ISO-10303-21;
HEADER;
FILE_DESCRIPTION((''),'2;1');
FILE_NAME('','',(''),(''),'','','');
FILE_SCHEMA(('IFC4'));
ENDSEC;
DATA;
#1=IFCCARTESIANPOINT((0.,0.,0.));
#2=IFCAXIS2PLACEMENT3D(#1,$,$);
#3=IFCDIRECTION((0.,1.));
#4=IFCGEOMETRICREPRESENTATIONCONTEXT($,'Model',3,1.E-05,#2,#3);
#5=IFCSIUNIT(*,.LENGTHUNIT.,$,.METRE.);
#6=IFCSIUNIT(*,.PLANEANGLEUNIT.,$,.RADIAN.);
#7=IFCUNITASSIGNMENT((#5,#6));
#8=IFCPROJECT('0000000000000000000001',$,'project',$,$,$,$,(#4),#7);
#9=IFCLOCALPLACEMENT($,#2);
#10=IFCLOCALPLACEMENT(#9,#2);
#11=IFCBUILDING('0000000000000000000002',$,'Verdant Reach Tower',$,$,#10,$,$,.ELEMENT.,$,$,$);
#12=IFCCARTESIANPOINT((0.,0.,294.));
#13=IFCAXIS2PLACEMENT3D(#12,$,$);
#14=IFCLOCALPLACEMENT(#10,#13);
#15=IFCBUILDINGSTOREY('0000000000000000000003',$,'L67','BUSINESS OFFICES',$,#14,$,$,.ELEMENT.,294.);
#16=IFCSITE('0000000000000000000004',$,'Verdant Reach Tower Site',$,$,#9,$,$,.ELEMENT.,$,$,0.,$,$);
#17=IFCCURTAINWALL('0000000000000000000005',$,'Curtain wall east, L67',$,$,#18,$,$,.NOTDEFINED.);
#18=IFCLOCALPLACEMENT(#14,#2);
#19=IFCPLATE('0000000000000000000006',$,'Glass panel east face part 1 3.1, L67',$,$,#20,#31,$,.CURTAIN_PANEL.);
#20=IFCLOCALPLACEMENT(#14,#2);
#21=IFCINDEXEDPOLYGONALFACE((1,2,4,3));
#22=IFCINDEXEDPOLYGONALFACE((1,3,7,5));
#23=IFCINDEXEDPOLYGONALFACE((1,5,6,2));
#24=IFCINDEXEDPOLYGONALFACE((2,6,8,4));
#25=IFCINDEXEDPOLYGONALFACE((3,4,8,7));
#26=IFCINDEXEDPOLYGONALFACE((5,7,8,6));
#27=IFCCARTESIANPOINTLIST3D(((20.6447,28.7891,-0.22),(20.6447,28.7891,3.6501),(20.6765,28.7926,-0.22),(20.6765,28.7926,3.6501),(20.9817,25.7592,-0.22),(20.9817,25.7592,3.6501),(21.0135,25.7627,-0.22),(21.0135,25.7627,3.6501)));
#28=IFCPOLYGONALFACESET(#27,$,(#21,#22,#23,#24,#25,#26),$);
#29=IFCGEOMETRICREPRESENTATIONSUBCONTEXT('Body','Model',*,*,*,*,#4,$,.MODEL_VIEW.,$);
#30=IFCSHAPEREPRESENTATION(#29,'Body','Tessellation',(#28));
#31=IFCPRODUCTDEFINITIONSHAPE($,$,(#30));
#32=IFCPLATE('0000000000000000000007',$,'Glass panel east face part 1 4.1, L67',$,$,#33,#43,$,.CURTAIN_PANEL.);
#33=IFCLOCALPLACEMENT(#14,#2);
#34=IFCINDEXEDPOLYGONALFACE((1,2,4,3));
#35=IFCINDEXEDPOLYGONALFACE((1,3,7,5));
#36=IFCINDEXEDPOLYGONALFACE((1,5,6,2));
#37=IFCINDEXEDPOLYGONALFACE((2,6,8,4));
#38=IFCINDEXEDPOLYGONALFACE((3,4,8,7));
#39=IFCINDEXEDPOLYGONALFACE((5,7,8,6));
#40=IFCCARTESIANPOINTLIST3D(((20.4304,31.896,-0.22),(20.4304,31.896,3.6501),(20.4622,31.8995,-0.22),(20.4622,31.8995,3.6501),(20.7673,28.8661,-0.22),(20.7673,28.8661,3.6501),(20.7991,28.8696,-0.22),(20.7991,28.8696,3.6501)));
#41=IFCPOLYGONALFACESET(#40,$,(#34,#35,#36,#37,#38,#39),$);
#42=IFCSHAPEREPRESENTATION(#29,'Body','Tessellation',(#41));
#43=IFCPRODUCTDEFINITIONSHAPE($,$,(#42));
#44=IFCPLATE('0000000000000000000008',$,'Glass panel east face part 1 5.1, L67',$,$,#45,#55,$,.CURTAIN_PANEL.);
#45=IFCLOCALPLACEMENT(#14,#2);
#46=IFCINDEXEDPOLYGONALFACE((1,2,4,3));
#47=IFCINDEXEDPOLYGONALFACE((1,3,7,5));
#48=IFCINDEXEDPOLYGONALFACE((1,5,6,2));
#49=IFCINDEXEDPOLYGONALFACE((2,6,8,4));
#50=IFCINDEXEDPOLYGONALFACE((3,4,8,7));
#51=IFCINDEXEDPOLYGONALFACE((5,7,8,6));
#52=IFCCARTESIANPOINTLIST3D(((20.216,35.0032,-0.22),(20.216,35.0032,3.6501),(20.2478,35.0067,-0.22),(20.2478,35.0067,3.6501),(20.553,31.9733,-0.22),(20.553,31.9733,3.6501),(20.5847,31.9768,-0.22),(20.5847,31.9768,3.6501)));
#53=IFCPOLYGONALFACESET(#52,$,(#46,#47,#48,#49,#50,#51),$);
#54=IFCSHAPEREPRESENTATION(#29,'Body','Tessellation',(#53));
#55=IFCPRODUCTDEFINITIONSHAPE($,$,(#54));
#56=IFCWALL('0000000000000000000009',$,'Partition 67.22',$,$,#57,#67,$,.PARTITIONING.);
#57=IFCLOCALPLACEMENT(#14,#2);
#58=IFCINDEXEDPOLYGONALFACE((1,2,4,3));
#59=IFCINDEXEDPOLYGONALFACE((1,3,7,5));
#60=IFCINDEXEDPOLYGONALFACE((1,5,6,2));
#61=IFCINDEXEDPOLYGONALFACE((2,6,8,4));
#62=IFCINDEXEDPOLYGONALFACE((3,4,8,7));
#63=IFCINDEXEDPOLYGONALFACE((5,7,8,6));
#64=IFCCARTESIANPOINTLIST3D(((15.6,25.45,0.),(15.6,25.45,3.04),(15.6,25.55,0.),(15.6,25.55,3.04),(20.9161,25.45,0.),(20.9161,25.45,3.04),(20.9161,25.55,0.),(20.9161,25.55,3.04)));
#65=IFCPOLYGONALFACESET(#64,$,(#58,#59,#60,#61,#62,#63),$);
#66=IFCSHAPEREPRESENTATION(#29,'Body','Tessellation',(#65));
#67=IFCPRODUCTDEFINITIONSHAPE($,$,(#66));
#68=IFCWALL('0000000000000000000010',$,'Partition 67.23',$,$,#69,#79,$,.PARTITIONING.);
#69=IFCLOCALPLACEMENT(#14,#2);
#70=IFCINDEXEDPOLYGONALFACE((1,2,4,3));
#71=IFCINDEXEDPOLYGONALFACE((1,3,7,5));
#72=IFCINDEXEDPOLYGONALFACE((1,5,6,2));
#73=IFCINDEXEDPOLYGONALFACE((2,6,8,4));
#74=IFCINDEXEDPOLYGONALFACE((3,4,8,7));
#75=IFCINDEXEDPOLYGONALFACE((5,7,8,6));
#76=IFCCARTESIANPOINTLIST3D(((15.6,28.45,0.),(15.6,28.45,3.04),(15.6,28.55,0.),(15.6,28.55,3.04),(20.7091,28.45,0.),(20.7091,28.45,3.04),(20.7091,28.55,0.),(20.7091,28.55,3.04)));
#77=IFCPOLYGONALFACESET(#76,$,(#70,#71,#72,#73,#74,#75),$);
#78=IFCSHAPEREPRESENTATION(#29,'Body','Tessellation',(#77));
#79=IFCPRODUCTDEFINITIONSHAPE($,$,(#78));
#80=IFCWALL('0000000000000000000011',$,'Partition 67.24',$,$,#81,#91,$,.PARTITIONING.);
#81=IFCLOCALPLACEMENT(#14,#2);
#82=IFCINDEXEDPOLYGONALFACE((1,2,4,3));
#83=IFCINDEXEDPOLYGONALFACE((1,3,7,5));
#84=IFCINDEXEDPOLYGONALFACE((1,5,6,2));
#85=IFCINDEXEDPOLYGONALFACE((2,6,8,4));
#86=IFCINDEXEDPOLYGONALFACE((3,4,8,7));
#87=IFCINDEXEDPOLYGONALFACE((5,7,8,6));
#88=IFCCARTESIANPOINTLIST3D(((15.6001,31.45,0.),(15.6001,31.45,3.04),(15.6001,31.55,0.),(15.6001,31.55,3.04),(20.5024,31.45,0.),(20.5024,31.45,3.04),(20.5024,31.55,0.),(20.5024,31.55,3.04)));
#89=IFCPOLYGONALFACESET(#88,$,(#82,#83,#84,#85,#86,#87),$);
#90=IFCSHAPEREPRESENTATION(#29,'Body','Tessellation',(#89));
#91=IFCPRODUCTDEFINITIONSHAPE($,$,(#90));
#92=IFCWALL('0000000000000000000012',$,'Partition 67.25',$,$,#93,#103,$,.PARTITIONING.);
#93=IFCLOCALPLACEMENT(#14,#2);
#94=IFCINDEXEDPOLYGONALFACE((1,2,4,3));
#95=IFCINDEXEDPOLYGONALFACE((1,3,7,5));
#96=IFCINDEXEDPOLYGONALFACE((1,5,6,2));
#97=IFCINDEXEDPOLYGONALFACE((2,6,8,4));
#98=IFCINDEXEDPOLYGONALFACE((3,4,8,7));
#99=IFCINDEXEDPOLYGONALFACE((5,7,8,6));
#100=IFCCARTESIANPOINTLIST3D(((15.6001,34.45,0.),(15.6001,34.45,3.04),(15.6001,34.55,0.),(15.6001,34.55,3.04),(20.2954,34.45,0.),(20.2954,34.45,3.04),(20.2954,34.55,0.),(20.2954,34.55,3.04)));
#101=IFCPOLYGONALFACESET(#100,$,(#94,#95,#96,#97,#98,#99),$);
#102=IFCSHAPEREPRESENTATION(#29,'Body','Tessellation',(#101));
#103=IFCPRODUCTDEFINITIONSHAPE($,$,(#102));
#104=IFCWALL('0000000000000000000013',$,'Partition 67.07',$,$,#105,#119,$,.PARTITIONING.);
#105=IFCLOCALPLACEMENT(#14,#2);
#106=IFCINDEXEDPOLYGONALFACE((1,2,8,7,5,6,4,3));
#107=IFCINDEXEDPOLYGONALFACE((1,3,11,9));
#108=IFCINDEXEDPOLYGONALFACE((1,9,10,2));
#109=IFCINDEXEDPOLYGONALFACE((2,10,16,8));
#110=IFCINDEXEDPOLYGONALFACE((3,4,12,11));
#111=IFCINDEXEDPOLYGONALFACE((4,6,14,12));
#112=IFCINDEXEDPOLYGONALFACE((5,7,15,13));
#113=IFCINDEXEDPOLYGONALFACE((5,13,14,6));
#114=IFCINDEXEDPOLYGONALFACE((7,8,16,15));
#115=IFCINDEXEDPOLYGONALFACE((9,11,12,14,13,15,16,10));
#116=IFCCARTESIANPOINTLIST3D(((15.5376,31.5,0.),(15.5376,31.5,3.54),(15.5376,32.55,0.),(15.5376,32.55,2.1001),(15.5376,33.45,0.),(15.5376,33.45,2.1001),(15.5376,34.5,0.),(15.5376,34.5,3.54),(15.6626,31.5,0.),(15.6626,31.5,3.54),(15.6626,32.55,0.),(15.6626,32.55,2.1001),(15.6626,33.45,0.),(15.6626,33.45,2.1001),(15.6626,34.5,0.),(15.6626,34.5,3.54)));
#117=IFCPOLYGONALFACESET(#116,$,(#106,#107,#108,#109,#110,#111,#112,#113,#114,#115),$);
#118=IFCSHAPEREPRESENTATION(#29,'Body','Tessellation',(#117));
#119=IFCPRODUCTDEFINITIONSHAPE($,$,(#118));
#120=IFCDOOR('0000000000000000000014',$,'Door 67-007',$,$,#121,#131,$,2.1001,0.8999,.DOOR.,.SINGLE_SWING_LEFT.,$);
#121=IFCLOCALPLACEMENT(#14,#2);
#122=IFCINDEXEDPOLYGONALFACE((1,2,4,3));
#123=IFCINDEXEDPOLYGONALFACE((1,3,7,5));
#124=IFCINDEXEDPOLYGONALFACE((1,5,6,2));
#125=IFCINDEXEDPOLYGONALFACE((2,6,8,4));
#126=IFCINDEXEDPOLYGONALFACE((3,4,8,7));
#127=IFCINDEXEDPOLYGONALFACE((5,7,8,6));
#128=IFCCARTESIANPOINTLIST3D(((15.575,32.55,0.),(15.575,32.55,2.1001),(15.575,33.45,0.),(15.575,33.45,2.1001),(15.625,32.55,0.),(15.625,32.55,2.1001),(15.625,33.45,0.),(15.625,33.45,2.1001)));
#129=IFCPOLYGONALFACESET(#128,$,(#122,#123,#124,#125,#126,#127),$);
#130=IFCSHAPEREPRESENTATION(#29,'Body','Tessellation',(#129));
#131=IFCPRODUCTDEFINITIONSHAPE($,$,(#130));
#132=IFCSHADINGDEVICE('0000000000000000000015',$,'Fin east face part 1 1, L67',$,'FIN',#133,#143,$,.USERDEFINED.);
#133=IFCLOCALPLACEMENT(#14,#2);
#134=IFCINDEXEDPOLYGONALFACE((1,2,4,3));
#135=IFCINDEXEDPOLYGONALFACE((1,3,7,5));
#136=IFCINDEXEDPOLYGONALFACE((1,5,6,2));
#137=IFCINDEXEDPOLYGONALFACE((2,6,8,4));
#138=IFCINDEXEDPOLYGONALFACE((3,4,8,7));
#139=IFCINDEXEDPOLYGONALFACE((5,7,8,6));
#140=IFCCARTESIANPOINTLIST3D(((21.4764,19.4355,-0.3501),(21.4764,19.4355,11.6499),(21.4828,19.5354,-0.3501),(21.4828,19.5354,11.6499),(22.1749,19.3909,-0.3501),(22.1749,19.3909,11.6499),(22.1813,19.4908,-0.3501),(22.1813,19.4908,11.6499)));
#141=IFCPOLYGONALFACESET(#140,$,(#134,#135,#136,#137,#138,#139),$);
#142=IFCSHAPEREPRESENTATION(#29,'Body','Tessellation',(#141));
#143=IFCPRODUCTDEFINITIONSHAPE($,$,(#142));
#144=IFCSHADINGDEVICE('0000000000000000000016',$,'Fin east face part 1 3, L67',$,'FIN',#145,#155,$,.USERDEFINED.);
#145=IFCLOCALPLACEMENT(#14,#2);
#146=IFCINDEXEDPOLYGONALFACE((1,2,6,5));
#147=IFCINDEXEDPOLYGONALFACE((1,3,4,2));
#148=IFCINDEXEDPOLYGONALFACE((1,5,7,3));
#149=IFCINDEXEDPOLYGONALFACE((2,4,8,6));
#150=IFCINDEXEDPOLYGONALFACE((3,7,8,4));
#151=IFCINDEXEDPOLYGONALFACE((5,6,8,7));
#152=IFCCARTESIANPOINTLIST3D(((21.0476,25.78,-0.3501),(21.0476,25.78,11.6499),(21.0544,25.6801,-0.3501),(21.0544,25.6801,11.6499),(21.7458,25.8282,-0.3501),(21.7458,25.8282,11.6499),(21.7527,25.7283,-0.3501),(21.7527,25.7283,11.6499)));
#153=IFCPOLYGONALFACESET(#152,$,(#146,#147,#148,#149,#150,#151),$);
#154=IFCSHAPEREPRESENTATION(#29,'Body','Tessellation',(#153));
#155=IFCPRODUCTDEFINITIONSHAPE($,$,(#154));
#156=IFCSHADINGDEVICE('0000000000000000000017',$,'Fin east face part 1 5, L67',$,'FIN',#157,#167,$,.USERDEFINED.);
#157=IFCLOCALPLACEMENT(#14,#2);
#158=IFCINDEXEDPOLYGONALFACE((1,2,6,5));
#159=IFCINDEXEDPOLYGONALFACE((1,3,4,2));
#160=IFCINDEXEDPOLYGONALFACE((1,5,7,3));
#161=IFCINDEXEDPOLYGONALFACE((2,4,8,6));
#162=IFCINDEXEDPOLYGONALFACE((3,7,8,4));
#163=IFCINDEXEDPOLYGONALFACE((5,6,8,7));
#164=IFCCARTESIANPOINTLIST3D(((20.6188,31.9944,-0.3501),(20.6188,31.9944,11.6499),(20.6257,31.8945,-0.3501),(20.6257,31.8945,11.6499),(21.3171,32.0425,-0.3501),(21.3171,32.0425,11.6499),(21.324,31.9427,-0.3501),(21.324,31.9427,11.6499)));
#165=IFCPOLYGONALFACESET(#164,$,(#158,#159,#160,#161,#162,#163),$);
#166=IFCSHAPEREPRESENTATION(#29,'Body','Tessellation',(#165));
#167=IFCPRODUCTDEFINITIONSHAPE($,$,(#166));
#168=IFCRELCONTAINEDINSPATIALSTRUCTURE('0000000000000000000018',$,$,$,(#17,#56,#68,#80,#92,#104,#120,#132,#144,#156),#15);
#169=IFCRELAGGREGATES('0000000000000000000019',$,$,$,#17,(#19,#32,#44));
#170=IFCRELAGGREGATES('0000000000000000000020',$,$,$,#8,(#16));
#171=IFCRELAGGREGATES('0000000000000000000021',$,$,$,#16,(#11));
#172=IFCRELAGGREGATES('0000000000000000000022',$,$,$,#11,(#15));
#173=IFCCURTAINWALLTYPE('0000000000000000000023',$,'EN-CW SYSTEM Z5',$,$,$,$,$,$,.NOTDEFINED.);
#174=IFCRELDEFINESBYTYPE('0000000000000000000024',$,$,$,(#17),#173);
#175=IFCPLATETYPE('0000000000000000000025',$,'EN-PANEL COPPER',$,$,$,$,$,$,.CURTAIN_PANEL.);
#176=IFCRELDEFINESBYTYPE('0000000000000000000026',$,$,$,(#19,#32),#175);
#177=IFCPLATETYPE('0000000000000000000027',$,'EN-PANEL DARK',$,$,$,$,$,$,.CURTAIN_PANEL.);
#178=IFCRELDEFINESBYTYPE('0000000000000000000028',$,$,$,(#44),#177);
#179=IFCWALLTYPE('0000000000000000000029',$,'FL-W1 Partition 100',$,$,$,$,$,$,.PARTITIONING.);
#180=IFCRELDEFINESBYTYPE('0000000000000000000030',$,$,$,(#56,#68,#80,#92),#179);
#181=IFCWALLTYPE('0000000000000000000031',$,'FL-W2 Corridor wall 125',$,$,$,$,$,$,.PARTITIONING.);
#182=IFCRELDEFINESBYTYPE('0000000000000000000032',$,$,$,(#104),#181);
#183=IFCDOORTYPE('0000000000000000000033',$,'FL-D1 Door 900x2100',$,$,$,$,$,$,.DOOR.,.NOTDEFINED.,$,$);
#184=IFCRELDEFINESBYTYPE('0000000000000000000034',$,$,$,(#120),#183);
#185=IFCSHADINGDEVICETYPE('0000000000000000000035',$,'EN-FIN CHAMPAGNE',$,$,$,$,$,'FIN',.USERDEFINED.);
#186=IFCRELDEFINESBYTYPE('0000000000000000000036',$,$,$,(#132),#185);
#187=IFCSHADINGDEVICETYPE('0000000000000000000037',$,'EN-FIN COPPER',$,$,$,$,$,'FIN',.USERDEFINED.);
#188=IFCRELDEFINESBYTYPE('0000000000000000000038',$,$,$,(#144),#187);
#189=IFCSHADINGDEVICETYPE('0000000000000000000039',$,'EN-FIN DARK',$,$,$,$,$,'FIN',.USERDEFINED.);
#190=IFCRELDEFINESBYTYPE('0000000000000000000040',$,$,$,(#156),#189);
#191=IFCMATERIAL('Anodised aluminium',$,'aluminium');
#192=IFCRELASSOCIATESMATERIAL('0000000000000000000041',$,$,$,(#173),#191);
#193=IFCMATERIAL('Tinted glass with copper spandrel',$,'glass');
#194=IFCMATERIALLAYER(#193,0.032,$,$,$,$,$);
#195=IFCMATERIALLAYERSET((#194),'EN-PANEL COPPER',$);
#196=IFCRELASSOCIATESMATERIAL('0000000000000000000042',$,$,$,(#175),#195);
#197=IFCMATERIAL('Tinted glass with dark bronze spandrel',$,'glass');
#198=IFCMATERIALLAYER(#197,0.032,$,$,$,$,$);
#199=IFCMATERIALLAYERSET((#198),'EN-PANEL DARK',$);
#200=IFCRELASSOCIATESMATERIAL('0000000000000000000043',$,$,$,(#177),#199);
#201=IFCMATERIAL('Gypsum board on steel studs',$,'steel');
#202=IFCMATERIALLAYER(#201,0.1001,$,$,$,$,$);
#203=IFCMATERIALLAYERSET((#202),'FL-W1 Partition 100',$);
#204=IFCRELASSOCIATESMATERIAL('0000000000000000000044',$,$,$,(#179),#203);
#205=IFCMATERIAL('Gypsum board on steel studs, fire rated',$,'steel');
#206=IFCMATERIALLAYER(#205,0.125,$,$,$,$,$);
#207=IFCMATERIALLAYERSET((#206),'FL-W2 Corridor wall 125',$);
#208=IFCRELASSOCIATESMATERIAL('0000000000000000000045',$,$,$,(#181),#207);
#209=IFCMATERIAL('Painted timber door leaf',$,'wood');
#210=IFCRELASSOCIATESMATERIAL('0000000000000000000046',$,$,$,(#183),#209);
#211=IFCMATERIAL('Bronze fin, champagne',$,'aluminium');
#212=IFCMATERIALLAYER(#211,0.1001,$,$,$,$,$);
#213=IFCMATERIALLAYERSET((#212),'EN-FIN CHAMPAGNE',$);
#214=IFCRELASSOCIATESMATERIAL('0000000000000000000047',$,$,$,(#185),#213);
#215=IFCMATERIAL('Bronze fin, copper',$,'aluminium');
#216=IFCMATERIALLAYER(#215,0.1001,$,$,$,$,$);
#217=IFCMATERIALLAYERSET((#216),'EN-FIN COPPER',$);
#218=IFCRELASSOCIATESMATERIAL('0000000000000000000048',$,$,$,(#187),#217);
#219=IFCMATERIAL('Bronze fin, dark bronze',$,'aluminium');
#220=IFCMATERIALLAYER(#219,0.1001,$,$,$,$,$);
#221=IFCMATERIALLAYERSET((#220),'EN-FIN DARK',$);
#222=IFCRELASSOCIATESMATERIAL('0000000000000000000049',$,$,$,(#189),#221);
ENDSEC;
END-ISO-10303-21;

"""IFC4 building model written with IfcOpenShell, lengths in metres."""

from ifc_helpers import new_model, si_unit, direction, frame, frame_2d, origin, origin_2d, place, context, subcontext, project, spatial, rectangle, extrude, material, layer, layer_set, type_object, element, fill, aggregate, save


model = new_model("IFC4")

# Units and contexts
model_context = context("Model", 3, precision=1e-05, world=origin(), true_north=direction((0.0, 1.0)))
body_context = subcontext(model_context, "Body", "Model", "MODEL_VIEW")
ifc_project = project(units=[si_unit("LENGTHUNIT", "METRE"), si_unit("PLANEANGLEUNIT", "RADIAN")], contexts=[model_context])

# Site, building, storey
site_placement = place(None, origin())
site = spatial("IfcSite", under=ifc_project, at=site_placement, Name="Verdant Reach Tower Site", CompositionType="ELEMENT", RefElevation=0.0)
building_placement = place(site_placement, origin())
building = spatial("IfcBuilding", under=site, at=building_placement, Name="Verdant Reach Tower", CompositionType="ELEMENT")
storey_placement = place(building_placement, frame((0.0, 0.0, 294.0)))
storey = spatial("IfcBuildingStorey", under=building, at=storey_placement, Name="L67", Description="BUSINESS OFFICES", CompositionType="ELEMENT", Elevation=294.0)

# Curtain wall
ifc_material_1 = material(Name="Anodised aluminium", Category="aluminium")
curtain_wall_type = type_object("IfcCurtainWallType", Name="EN-CW SYSTEM Z5", PredefinedType="NOTDEFINED", material=ifc_material_1)
curtain_wall_placement = place(storey_placement, origin())
curtain_wall = element("IfcCurtainWall", 1, at=curtain_wall_placement, inside=storey, type_object=curtain_wall_type, Name="Curtain wall east, L67", PredefinedType="NOTDEFINED")

# Plates
ifc_material_2 = material(Name="Tinted glass with copper spandrel", Category="glass")
ifc_layer_1 = layer(ifc_material_2, 0.032)
ifc_layer_set_1 = layer_set([ifc_layer_1], Name="EN-PANEL COPPER")
plate_type_1 = type_object("IfcPlateType", Name="EN-PANEL COPPER", PredefinedType="CURTAIN_PANEL", material=ifc_layer_set_1)
plate_1_placement = place(storey_placement, frame((20.8291, 27.2759, -0.22), z_axis=(0.0, 0.0, 1.0), x_axis=(-0.110518, 0.993874, 0.0)))
plate_1 = element("IfcPlate", 2, at=plate_1_placement, type_object=plate_type_1, Name="Glass panel east face part 1 3.1, L67", PredefinedType="CURTAIN_PANEL", context=body_context, shape_type="SweptSolid", body=[
    extrude(rectangle(XDim=3.0486, YDim=0.032, at=origin_2d()), origin(), (0.0, 0.0, 1.0), 3.8701),
])
plate_2_placement = place(storey_placement, frame((20.6147, 30.3828, -0.22), z_axis=(0.0, 0.0, 1.0), x_axis=(-0.110518, 0.993874, 0.0)))
plate_2 = element("IfcPlate", 3, at=plate_2_placement, type_object=plate_type_1, Name="Glass panel east face part 1 4.1, L67", PredefinedType="CURTAIN_PANEL", context=body_context, shape_type="SweptSolid", body=[
    extrude(rectangle(XDim=3.0486, YDim=0.032, at=origin_2d()), origin(), (0.0, 0.0, 1.0), 3.8701),
])
ifc_material_3 = material(Name="Tinted glass with dark bronze spandrel", Category="glass")
ifc_layer_2 = layer(ifc_material_3, 0.032)
ifc_layer_set_2 = layer_set([ifc_layer_2], Name="EN-PANEL DARK")
plate_type_2 = type_object("IfcPlateType", Name="EN-PANEL DARK", PredefinedType="CURTAIN_PANEL", material=ifc_layer_set_2)
plate_3_placement = place(storey_placement, frame((20.4004, 33.49, -0.22), z_axis=(0.0, 0.0, 1.0), x_axis=(-0.110518, 0.993874, 0.0)))
plate_3 = element("IfcPlate", 4, at=plate_3_placement, type_object=plate_type_2, Name="Glass panel east face part 1 5.1, L67", PredefinedType="CURTAIN_PANEL", context=body_context, shape_type="SweptSolid", body=[
    extrude(rectangle(XDim=3.0486, YDim=0.032, at=origin_2d()), origin(), (0.0, 0.0, 1.0), 3.8701),
])
aggregate(curtain_wall, [plate_1, plate_2, plate_3])

# Walls
ifc_material_4 = material(Name="Gypsum board on steel studs", Category="steel")
ifc_layer_3 = layer(ifc_material_4, 0.1001)
ifc_layer_set_3 = layer_set([ifc_layer_3], Name="FL-W1 Partition 100")
wall_type_1 = type_object("IfcWallType", Name="FL-W1 Partition 100", PredefinedType="PARTITIONING", material=ifc_layer_set_3)
wall_1_placement = place(storey_placement, frame((20.9163, 25.5, 0.0), z_axis=(0.0, 0.0, 1.0), x_axis=(-1.0, 0.0, 0.0)))
element("IfcWall", 5, at=wall_1_placement, inside=storey, type_object=wall_type_1, Name="Partition 67.22", PredefinedType="PARTITIONING", context=body_context, shape_type="SweptSolid", body=[
    extrude(rectangle(XDim=5.3162, YDim=0.1001, at=frame_2d((2.6582, 0.0))), origin(), (0.0, 0.0, 1.0), 3.04),
])
wall_2_placement = place(storey_placement, frame((20.7092, 28.5, 0.0), z_axis=(0.0, 0.0, 1.0), x_axis=(-1.0, 0.0, 0.0)))
element("IfcWall", 6, at=wall_2_placement, inside=storey, type_object=wall_type_1, Name="Partition 67.23", PredefinedType="PARTITIONING", context=body_context, shape_type="SweptSolid", body=[
    extrude(rectangle(XDim=5.1091, YDim=0.1001, at=frame_2d((2.5547, 0.0))), origin(), (0.0, 0.0, 1.0), 3.04),
])
wall_3_placement = place(storey_placement, frame((20.5024, 31.5, 0.0), z_axis=(0.0, 0.0, 1.0), x_axis=(-1.0, 0.0, 0.0)))
element("IfcWall", 7, at=wall_3_placement, inside=storey, type_object=wall_type_1, Name="Partition 67.24", PredefinedType="PARTITIONING", context=body_context, shape_type="SweptSolid", body=[
    extrude(rectangle(XDim=4.9023, YDim=0.1001, at=frame_2d((2.4512, 0.0))), origin(), (0.0, 0.0, 1.0), 3.04),
])
wall_4_placement = place(storey_placement, frame((20.2954, 34.5, 0.0), z_axis=(0.0, 0.0, 1.0), x_axis=(-1.0, 0.0, 0.0)))
element("IfcWall", 8, at=wall_4_placement, inside=storey, type_object=wall_type_1, Name="Partition 67.25", PredefinedType="PARTITIONING", context=body_context, shape_type="SweptSolid", body=[
    extrude(rectangle(XDim=4.6953, YDim=0.1001, at=frame_2d((2.3477, 0.0))), origin(), (0.0, 0.0, 1.0), 3.04),
])

# Wall, opening, door
ifc_material_5 = material(Name="Gypsum board on steel studs, fire rated", Category="steel")
ifc_layer_4 = layer(ifc_material_5, 0.125)
ifc_layer_set_4 = layer_set([ifc_layer_4], Name="FL-W2 Corridor wall 125")
wall_type_2 = type_object("IfcWallType", Name="FL-W2 Corridor wall 125", PredefinedType="PARTITIONING", material=ifc_layer_set_4)
wall_5_placement = place(storey_placement, frame((15.6001, 34.5, 0.0), z_axis=(0.0, 0.0, 1.0), x_axis=(0.0, -1.0, 0.0)))
wall_5 = element("IfcWall", 9, at=wall_5_placement, inside=storey, type_object=wall_type_2, Name="Partition 67.07", PredefinedType="PARTITIONING", context=body_context, shape_type="SweptSolid", body=[
    extrude(rectangle(XDim=3.0, YDim=0.125, at=frame_2d((1.5, 0.0))), origin(), (0.0, 0.0, 1.0), 3.54),
])
opening_placement = place(wall_5_placement, frame((1.05, 0.0, 0.0)))
opening = element("IfcOpeningElement", 10, at=opening_placement, cuts=wall_5, PredefinedType="OPENING", context=body_context, shape_type="SweptSolid", body=[
    extrude(rectangle(XDim=0.8999, YDim=2.1001, at=frame_2d((0.45, 1.05))), frame((0.0, 0.0725, 0.0), z_axis=(0.0, -1.0, 0.0), x_axis=(1.0, 0.0, 0.0)), (0.0, 0.0, 1.0), 0.145),
])
ifc_material_6 = material(Name="Painted timber door leaf", Category="wood")
door_type = type_object("IfcDoorType", Name="FL-D1 Door 900x2100", OperationType="NOTDEFINED", PredefinedType="DOOR", material=ifc_material_6)
door_placement = place(opening_placement, origin())
door = element("IfcDoor", 11, at=door_placement, inside=storey, type_object=door_type, Name="Door 67-007", OperationType="SINGLE_SWING_LEFT", OverallHeight=2.1001, OverallWidth=0.8999, PredefinedType="DOOR", context=body_context, shape_type="SweptSolid", body=[
    extrude(rectangle(XDim=0.8999, YDim=2.1001, at=frame_2d((0.45, 1.05))), frame((0.0, 0.0249, 0.0), z_axis=(0.0, -1.0, 0.0), x_axis=(1.0, 0.0, 0.0)), (0.0, 0.0, 1.0), 0.05),
])
fill(opening, door)

# Shading devices
ifc_material_7 = material(Name="Bronze fin, champagne", Category="aluminium")
ifc_layer_5 = layer(ifc_material_7, 0.1001)
ifc_layer_set_5 = layer_set([ifc_layer_5], Name="EN-FIN CHAMPAGNE")
shading_device_type_1 = type_object("IfcShadingDeviceType", Name="EN-FIN CHAMPAGNE", ElementType="FIN", PredefinedType="USERDEFINED", material=ifc_layer_set_5)
shading_device_1_placement = place(storey_placement, frame((21.8289, 19.4631, -0.3501), z_axis=(0.0, 0.0, 1.0), x_axis=(0.063699, 0.997969, 0.0)))
element("IfcShadingDevice", 12, at=shading_device_1_placement, inside=storey, type_object=shading_device_type_1, Name="Fin east face part 1 1, L67", ObjectType="FIN", PredefinedType="USERDEFINED", context=body_context, shape_type="SweptSolid", body=[
    extrude(rectangle(XDim=0.1001, YDim=0.7, at=origin_2d()), origin(), (0.0, 0.0, 1.0), 12.0),
])
ifc_material_8 = material(Name="Bronze fin, copper", Category="aluminium")
ifc_layer_6 = layer(ifc_material_8, 0.1001)
ifc_layer_set_6 = layer_set([ifc_layer_6], Name="EN-FIN COPPER")
shading_device_type_2 = type_object("IfcShadingDeviceType", Name="EN-FIN COPPER", ElementType="FIN", PredefinedType="USERDEFINED", material=ifc_layer_set_6)
shading_device_2_placement = place(storey_placement, frame((21.4001, 25.7542, -0.3501), z_axis=(0.0, 0.0, 1.0), x_axis=(-0.068802, 0.99763, 0.0)))
element("IfcShadingDevice", 13, at=shading_device_2_placement, inside=storey, type_object=shading_device_type_2, Name="Fin east face part 1 3, L67", ObjectType="FIN", PredefinedType="USERDEFINED", context=body_context, shape_type="SweptSolid", body=[
    extrude(rectangle(XDim=0.1001, YDim=0.7, at=origin_2d()), origin(), (0.0, 0.0, 1.0), 12.0),
])
ifc_material_9 = material(Name="Bronze fin, dark bronze", Category="aluminium")
ifc_layer_7 = layer(ifc_material_9, 0.1001)
ifc_layer_set_7 = layer_set([ifc_layer_7], Name="EN-FIN DARK")
shading_device_type_3 = type_object("IfcShadingDeviceType", Name="EN-FIN DARK", ElementType="FIN", PredefinedType="USERDEFINED", material=ifc_layer_set_7)
shading_device_3_placement = place(storey_placement, frame((20.9714, 31.9685, -0.3501), z_axis=(0.0, 0.0, 1.0), x_axis=(-0.068802, 0.99763, 0.0)))
element("IfcShadingDevice", 14, at=shading_device_3_placement, inside=storey, type_object=shading_device_type_3, Name="Fin east face part 1 5, L67", ObjectType="FIN", PredefinedType="USERDEFINED", context=body_context, shape_type="SweptSolid", body=[
    extrude(rectangle(XDim=0.1001, YDim=0.7, at=origin_2d()), origin(), (0.0, 0.0, 1.0), 12.0),
])

save(model, "model.ifc")
